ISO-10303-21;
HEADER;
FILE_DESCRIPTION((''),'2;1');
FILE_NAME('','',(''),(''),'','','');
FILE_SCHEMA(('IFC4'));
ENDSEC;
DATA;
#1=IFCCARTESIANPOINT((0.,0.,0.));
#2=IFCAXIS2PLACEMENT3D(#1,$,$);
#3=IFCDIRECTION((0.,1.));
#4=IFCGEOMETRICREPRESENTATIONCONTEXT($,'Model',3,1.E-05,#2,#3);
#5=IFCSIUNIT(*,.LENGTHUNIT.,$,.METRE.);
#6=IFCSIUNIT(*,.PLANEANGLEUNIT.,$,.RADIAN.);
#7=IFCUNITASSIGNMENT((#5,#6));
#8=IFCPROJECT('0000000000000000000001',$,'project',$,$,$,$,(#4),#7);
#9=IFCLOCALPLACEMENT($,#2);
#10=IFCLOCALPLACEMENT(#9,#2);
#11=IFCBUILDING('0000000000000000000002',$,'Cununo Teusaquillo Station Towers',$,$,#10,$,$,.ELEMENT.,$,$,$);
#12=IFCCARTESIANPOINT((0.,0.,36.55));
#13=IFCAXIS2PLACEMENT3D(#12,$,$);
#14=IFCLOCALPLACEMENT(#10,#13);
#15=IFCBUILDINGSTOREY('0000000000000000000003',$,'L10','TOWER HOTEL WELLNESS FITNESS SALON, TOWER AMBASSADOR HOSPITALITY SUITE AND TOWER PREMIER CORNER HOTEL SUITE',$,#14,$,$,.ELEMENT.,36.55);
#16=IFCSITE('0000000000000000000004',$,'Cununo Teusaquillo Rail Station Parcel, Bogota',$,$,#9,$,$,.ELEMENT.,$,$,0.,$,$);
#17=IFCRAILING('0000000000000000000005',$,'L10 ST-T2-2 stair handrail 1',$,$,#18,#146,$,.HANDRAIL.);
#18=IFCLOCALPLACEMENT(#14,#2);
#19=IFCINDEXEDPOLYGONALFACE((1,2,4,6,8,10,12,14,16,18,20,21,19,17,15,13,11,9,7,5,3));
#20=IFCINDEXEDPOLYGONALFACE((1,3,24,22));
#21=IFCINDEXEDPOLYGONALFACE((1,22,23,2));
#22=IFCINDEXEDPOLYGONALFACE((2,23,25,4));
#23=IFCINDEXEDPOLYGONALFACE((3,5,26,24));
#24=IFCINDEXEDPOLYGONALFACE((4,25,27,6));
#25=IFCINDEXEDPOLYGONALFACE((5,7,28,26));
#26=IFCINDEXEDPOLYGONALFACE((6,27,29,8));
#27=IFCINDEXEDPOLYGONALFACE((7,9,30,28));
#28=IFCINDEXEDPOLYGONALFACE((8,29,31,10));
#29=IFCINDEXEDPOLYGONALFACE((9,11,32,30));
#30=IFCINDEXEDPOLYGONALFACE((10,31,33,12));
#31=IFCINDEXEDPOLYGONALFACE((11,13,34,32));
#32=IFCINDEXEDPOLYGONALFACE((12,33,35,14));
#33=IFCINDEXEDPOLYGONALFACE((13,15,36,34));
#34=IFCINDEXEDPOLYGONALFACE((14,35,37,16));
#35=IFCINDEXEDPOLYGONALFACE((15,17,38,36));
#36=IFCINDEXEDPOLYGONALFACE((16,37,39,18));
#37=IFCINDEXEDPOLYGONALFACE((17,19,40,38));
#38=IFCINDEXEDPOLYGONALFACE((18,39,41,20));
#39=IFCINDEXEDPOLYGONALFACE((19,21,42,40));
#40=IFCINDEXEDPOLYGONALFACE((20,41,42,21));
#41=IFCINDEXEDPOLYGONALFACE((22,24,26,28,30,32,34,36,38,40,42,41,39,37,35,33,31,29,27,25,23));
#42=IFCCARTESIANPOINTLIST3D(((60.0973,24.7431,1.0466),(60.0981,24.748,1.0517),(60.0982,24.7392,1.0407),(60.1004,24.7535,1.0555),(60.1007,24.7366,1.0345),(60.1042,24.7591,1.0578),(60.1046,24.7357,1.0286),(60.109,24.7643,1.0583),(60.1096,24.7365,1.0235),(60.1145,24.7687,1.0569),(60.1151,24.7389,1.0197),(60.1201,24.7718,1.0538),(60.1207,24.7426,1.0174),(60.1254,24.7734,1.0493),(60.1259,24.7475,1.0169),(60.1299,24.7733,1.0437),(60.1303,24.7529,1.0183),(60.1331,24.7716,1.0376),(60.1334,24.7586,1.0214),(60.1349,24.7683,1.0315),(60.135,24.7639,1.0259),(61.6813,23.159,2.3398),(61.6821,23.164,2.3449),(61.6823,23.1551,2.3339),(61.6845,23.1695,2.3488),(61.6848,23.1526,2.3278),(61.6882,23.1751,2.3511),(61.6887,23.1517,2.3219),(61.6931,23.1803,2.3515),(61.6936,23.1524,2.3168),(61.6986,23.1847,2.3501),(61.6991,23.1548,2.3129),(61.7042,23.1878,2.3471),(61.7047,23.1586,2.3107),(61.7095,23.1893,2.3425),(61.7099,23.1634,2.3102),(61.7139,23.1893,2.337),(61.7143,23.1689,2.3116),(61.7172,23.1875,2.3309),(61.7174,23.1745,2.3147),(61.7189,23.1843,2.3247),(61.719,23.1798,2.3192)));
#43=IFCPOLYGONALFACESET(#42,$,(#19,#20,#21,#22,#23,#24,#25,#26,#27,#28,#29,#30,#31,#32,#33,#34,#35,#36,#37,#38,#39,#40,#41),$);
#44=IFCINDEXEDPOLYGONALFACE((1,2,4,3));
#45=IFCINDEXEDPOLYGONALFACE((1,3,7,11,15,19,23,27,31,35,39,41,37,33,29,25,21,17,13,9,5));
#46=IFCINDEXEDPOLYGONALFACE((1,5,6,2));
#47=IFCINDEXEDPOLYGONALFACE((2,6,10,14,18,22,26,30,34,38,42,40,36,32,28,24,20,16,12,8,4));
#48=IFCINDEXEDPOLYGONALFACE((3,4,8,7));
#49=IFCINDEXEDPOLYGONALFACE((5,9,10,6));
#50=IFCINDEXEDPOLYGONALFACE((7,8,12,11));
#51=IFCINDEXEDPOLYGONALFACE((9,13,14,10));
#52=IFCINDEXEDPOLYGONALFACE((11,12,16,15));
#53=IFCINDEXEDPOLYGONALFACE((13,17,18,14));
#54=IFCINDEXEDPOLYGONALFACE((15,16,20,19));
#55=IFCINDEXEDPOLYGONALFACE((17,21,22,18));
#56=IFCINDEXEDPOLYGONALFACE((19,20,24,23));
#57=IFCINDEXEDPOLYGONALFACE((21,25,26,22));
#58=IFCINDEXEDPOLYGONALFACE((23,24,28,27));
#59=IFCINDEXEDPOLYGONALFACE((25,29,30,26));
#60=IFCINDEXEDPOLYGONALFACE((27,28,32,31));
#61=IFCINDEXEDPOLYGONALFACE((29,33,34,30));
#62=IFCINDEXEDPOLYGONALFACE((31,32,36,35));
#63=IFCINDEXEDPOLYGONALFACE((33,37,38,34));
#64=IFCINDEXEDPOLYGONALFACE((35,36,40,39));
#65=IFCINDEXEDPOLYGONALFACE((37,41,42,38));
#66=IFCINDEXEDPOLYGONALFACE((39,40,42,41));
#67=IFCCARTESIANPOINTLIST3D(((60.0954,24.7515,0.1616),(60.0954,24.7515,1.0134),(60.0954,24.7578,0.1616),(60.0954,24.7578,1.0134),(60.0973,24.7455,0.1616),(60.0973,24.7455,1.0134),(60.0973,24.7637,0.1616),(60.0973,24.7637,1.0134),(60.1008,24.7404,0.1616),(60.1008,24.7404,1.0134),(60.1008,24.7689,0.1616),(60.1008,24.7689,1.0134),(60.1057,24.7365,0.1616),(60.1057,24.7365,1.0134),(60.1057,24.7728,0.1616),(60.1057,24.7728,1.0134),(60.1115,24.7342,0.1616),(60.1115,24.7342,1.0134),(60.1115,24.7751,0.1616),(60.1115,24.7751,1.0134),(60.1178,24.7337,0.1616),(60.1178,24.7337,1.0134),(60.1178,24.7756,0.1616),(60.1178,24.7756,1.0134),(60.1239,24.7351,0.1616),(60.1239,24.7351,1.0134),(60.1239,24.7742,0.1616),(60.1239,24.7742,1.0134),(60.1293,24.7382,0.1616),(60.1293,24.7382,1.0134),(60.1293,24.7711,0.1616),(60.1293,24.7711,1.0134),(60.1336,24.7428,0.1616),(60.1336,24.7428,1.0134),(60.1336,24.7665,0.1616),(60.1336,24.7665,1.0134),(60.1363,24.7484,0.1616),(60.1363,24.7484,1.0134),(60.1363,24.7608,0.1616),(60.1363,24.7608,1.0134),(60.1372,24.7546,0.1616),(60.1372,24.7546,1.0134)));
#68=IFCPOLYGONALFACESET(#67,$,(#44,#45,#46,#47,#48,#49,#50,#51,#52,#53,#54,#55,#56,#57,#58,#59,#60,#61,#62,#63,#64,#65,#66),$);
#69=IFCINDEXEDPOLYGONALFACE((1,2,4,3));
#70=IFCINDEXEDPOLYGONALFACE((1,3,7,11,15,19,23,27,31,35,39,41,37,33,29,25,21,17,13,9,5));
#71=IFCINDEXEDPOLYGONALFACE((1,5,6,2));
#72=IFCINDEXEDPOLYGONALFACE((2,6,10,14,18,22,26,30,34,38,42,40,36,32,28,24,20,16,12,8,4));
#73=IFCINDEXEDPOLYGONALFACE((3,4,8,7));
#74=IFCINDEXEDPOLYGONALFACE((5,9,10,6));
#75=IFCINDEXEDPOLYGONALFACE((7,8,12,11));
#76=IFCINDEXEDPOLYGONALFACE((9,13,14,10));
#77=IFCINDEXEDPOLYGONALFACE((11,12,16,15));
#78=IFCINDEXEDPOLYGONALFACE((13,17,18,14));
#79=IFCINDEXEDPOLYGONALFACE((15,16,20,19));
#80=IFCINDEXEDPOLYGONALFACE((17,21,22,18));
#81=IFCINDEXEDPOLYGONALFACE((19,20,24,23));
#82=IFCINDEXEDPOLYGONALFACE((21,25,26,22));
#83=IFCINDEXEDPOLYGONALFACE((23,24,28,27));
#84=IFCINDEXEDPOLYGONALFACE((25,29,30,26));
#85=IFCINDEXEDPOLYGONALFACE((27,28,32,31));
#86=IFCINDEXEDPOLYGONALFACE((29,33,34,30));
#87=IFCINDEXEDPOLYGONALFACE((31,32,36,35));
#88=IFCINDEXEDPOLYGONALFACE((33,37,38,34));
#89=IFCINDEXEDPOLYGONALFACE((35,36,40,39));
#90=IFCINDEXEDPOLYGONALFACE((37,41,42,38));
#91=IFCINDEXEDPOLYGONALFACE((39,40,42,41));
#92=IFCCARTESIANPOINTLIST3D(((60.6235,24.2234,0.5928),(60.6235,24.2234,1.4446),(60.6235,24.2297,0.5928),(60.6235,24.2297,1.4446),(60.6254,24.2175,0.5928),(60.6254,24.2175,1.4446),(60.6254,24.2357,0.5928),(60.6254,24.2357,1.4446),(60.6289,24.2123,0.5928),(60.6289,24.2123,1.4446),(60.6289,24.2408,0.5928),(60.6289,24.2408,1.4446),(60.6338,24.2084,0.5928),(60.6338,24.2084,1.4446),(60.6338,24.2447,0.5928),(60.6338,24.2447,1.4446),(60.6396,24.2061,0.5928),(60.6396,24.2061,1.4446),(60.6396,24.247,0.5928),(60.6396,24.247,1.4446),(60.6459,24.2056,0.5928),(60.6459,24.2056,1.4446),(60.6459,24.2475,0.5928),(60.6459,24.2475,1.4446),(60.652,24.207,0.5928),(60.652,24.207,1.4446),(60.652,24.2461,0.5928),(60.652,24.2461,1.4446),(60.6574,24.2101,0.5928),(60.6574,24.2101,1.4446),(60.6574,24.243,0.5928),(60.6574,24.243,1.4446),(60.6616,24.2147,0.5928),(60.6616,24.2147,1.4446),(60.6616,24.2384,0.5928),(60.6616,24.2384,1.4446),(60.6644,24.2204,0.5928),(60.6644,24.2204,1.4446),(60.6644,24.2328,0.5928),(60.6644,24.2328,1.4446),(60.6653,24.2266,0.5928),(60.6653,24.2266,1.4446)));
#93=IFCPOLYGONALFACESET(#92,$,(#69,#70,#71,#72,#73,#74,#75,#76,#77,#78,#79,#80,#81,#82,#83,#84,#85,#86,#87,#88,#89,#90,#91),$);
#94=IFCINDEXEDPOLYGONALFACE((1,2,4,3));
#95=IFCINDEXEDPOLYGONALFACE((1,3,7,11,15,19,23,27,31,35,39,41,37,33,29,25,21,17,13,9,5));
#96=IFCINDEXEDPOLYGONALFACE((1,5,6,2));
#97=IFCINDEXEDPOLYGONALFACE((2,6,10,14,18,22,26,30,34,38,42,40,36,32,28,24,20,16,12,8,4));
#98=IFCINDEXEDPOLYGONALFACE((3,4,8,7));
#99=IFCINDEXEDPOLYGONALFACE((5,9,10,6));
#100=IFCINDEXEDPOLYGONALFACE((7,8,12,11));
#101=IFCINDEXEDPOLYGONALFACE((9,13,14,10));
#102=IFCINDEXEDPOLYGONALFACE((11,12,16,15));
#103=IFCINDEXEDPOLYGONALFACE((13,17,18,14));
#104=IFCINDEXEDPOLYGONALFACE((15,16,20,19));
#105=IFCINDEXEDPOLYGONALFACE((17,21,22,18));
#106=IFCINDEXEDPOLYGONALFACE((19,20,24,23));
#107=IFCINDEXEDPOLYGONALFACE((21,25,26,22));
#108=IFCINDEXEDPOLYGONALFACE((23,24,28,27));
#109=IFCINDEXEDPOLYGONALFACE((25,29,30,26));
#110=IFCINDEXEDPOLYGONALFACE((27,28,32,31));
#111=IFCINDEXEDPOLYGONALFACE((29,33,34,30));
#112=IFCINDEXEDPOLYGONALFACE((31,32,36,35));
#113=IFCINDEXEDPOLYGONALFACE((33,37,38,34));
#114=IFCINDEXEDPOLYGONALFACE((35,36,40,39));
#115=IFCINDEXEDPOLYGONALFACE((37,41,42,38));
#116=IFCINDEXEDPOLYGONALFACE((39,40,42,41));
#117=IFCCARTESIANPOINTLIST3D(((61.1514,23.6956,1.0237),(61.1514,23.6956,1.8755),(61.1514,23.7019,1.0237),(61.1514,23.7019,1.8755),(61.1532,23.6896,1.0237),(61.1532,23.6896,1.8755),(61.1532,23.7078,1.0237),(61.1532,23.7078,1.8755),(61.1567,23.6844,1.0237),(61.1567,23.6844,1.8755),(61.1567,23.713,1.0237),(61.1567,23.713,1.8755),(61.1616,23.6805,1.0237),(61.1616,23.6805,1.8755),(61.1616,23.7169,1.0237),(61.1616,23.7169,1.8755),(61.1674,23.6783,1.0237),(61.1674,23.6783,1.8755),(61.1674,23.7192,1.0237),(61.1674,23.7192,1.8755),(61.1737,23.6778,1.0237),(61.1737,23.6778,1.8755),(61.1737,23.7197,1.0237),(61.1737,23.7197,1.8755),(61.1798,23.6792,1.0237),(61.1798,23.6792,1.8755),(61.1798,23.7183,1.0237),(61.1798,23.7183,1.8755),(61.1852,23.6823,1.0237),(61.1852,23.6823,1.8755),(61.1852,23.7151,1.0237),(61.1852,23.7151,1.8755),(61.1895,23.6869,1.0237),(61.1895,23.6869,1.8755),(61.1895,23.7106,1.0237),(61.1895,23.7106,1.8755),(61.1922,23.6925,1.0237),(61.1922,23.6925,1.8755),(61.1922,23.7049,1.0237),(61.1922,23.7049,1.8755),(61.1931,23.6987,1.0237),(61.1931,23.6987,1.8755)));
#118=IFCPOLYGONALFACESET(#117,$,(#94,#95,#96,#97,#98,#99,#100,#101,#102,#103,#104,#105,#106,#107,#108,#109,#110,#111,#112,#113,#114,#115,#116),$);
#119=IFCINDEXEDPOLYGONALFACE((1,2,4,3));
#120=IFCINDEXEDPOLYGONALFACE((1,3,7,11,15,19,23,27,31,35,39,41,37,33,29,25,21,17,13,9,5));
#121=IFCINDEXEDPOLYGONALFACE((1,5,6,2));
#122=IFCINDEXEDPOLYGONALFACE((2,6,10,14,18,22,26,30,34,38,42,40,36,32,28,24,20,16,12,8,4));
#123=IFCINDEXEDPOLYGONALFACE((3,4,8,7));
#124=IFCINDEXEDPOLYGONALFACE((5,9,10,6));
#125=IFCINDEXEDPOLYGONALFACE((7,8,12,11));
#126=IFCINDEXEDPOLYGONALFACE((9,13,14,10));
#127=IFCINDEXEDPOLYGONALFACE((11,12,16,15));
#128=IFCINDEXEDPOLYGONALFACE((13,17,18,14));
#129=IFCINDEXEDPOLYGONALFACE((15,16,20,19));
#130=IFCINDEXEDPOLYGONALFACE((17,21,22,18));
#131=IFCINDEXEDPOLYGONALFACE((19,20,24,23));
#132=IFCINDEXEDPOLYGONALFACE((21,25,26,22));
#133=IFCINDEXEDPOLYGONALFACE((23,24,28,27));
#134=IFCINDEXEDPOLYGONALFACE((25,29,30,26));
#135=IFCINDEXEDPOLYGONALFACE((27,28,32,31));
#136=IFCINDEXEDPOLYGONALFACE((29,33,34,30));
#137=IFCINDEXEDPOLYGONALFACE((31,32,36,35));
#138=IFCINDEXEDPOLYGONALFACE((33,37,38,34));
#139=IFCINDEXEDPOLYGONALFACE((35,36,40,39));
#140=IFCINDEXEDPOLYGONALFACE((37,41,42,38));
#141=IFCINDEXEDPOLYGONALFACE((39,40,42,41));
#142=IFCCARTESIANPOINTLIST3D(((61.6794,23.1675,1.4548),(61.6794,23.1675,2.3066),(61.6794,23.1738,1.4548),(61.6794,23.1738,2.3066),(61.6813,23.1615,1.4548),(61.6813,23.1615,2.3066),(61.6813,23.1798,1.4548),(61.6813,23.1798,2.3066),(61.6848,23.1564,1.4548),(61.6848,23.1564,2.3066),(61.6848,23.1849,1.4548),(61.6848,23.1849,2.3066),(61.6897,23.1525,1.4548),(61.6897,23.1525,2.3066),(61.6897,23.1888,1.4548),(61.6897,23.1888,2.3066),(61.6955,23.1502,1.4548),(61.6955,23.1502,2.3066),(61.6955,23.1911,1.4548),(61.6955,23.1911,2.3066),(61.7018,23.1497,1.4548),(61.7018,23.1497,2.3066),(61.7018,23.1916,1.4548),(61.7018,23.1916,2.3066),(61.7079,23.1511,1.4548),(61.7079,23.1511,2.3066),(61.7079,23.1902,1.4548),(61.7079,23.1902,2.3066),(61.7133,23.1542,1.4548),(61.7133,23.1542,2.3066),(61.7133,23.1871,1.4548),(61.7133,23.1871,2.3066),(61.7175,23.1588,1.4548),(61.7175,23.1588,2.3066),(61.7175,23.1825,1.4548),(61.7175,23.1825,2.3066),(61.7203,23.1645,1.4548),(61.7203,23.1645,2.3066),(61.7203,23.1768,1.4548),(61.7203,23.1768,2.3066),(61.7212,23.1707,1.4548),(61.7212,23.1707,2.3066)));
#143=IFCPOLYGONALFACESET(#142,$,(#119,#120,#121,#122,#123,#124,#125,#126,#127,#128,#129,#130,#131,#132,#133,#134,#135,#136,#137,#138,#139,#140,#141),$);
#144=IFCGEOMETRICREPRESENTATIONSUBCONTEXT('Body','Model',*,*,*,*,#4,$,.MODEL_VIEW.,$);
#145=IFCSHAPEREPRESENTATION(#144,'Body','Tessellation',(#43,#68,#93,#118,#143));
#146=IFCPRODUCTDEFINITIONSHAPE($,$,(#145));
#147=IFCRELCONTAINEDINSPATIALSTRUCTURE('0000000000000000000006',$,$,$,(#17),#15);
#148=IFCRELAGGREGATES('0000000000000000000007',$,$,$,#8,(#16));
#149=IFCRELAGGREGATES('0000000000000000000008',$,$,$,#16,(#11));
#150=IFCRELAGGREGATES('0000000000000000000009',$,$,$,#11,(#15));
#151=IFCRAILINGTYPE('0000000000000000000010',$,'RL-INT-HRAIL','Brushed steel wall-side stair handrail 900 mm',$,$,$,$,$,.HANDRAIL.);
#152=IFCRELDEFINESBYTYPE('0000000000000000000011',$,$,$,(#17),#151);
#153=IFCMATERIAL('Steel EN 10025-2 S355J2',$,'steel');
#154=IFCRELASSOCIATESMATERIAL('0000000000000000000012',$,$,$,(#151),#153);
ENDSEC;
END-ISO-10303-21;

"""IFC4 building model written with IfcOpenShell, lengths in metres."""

from ifc_helpers import new_model, si_unit, direction, frame, origin, origin_2d, place, context, subcontext, project, spatial, circle, extrude, material, type_object, element, save


model = new_model("IFC4")

# Units and contexts
model_context = context("Model", 3, precision=1e-05, world=origin(), true_north=direction((0.0, 1.0)))
body_context = subcontext(model_context, "Body", "Model", "MODEL_VIEW")
ifc_project = project(units=[si_unit("LENGTHUNIT", "METRE"), si_unit("PLANEANGLEUNIT", "RADIAN")], contexts=[model_context])

# Site, building, storey
site_placement = place(None, origin())
site = spatial("IfcSite", under=ifc_project, at=site_placement, Name="Cununo Teusaquillo Rail Station Parcel, Bogota", CompositionType="ELEMENT", RefElevation=0.0)
building_placement = place(site_placement, origin())
building = spatial("IfcBuilding", under=site, at=building_placement, Name="Cununo Teusaquillo Station Towers", CompositionType="ELEMENT")
storey_placement = place(building_placement, frame((0.0, 0.0, 36.55)))
storey = spatial("IfcBuildingStorey", under=building, at=storey_placement, Name="L10", Description="TOWER HOTEL WELLNESS FITNESS SALON, TOWER AMBASSADOR HOSPITALITY SUITE AND TOWER PREMIER CORNER HOTEL SUITE", CompositionType="ELEMENT", Elevation=36.55)

# Railing
ifc_material_1 = material(Name="Steel EN 10025-2 S355J2", Category="steel")
railing_type_1 = type_object("IfcRailingType", Name="RL-INT-HRAIL", Description="Brushed steel wall-side stair handrail 900 mm", PredefinedType="HANDRAIL", material=ifc_material_1)
railing_1_placement = place(storey_placement, frame((60.1162, 24.7546, 0.1616)))
element("IfcRailing", 1, at=railing_1_placement, inside=storey, type_object=railing_type_1, Name="L10 ST-T2-2 stair handrail 1", PredefinedType="HANDRAIL", context=body_context, shape_type="SweptSolid", body=[
    extrude(circle(Radius=0.0239, at=origin_2d()), frame((0.0, 0.0, 0.876), z_axis=(0.612385, -0.612385, 0.49997), x_axis=(0.707107, 0.707107, 0.0)), (0.0, 0.0, 1.0), 2.5867),
    extrude(circle(Radius=0.021, at=origin_2d()), origin(), (0.0, 0.0, 1.0), 0.8518),
    extrude(circle(Radius=0.021, at=origin_2d()), frame((0.5281, -0.5281, 0.4312)), (0.0, 0.0, 1.0), 0.8518),
    extrude(circle(Radius=0.021, at=origin_2d()), frame((1.0559, -1.0559, 0.8621)), (0.0, 0.0, 1.0), 0.8518),
    extrude(circle(Radius=0.021, at=origin_2d()), frame((1.584, -1.584, 1.2932)), (0.0, 0.0, 1.0), 0.8518),
])

save(model, "model.ifc")
